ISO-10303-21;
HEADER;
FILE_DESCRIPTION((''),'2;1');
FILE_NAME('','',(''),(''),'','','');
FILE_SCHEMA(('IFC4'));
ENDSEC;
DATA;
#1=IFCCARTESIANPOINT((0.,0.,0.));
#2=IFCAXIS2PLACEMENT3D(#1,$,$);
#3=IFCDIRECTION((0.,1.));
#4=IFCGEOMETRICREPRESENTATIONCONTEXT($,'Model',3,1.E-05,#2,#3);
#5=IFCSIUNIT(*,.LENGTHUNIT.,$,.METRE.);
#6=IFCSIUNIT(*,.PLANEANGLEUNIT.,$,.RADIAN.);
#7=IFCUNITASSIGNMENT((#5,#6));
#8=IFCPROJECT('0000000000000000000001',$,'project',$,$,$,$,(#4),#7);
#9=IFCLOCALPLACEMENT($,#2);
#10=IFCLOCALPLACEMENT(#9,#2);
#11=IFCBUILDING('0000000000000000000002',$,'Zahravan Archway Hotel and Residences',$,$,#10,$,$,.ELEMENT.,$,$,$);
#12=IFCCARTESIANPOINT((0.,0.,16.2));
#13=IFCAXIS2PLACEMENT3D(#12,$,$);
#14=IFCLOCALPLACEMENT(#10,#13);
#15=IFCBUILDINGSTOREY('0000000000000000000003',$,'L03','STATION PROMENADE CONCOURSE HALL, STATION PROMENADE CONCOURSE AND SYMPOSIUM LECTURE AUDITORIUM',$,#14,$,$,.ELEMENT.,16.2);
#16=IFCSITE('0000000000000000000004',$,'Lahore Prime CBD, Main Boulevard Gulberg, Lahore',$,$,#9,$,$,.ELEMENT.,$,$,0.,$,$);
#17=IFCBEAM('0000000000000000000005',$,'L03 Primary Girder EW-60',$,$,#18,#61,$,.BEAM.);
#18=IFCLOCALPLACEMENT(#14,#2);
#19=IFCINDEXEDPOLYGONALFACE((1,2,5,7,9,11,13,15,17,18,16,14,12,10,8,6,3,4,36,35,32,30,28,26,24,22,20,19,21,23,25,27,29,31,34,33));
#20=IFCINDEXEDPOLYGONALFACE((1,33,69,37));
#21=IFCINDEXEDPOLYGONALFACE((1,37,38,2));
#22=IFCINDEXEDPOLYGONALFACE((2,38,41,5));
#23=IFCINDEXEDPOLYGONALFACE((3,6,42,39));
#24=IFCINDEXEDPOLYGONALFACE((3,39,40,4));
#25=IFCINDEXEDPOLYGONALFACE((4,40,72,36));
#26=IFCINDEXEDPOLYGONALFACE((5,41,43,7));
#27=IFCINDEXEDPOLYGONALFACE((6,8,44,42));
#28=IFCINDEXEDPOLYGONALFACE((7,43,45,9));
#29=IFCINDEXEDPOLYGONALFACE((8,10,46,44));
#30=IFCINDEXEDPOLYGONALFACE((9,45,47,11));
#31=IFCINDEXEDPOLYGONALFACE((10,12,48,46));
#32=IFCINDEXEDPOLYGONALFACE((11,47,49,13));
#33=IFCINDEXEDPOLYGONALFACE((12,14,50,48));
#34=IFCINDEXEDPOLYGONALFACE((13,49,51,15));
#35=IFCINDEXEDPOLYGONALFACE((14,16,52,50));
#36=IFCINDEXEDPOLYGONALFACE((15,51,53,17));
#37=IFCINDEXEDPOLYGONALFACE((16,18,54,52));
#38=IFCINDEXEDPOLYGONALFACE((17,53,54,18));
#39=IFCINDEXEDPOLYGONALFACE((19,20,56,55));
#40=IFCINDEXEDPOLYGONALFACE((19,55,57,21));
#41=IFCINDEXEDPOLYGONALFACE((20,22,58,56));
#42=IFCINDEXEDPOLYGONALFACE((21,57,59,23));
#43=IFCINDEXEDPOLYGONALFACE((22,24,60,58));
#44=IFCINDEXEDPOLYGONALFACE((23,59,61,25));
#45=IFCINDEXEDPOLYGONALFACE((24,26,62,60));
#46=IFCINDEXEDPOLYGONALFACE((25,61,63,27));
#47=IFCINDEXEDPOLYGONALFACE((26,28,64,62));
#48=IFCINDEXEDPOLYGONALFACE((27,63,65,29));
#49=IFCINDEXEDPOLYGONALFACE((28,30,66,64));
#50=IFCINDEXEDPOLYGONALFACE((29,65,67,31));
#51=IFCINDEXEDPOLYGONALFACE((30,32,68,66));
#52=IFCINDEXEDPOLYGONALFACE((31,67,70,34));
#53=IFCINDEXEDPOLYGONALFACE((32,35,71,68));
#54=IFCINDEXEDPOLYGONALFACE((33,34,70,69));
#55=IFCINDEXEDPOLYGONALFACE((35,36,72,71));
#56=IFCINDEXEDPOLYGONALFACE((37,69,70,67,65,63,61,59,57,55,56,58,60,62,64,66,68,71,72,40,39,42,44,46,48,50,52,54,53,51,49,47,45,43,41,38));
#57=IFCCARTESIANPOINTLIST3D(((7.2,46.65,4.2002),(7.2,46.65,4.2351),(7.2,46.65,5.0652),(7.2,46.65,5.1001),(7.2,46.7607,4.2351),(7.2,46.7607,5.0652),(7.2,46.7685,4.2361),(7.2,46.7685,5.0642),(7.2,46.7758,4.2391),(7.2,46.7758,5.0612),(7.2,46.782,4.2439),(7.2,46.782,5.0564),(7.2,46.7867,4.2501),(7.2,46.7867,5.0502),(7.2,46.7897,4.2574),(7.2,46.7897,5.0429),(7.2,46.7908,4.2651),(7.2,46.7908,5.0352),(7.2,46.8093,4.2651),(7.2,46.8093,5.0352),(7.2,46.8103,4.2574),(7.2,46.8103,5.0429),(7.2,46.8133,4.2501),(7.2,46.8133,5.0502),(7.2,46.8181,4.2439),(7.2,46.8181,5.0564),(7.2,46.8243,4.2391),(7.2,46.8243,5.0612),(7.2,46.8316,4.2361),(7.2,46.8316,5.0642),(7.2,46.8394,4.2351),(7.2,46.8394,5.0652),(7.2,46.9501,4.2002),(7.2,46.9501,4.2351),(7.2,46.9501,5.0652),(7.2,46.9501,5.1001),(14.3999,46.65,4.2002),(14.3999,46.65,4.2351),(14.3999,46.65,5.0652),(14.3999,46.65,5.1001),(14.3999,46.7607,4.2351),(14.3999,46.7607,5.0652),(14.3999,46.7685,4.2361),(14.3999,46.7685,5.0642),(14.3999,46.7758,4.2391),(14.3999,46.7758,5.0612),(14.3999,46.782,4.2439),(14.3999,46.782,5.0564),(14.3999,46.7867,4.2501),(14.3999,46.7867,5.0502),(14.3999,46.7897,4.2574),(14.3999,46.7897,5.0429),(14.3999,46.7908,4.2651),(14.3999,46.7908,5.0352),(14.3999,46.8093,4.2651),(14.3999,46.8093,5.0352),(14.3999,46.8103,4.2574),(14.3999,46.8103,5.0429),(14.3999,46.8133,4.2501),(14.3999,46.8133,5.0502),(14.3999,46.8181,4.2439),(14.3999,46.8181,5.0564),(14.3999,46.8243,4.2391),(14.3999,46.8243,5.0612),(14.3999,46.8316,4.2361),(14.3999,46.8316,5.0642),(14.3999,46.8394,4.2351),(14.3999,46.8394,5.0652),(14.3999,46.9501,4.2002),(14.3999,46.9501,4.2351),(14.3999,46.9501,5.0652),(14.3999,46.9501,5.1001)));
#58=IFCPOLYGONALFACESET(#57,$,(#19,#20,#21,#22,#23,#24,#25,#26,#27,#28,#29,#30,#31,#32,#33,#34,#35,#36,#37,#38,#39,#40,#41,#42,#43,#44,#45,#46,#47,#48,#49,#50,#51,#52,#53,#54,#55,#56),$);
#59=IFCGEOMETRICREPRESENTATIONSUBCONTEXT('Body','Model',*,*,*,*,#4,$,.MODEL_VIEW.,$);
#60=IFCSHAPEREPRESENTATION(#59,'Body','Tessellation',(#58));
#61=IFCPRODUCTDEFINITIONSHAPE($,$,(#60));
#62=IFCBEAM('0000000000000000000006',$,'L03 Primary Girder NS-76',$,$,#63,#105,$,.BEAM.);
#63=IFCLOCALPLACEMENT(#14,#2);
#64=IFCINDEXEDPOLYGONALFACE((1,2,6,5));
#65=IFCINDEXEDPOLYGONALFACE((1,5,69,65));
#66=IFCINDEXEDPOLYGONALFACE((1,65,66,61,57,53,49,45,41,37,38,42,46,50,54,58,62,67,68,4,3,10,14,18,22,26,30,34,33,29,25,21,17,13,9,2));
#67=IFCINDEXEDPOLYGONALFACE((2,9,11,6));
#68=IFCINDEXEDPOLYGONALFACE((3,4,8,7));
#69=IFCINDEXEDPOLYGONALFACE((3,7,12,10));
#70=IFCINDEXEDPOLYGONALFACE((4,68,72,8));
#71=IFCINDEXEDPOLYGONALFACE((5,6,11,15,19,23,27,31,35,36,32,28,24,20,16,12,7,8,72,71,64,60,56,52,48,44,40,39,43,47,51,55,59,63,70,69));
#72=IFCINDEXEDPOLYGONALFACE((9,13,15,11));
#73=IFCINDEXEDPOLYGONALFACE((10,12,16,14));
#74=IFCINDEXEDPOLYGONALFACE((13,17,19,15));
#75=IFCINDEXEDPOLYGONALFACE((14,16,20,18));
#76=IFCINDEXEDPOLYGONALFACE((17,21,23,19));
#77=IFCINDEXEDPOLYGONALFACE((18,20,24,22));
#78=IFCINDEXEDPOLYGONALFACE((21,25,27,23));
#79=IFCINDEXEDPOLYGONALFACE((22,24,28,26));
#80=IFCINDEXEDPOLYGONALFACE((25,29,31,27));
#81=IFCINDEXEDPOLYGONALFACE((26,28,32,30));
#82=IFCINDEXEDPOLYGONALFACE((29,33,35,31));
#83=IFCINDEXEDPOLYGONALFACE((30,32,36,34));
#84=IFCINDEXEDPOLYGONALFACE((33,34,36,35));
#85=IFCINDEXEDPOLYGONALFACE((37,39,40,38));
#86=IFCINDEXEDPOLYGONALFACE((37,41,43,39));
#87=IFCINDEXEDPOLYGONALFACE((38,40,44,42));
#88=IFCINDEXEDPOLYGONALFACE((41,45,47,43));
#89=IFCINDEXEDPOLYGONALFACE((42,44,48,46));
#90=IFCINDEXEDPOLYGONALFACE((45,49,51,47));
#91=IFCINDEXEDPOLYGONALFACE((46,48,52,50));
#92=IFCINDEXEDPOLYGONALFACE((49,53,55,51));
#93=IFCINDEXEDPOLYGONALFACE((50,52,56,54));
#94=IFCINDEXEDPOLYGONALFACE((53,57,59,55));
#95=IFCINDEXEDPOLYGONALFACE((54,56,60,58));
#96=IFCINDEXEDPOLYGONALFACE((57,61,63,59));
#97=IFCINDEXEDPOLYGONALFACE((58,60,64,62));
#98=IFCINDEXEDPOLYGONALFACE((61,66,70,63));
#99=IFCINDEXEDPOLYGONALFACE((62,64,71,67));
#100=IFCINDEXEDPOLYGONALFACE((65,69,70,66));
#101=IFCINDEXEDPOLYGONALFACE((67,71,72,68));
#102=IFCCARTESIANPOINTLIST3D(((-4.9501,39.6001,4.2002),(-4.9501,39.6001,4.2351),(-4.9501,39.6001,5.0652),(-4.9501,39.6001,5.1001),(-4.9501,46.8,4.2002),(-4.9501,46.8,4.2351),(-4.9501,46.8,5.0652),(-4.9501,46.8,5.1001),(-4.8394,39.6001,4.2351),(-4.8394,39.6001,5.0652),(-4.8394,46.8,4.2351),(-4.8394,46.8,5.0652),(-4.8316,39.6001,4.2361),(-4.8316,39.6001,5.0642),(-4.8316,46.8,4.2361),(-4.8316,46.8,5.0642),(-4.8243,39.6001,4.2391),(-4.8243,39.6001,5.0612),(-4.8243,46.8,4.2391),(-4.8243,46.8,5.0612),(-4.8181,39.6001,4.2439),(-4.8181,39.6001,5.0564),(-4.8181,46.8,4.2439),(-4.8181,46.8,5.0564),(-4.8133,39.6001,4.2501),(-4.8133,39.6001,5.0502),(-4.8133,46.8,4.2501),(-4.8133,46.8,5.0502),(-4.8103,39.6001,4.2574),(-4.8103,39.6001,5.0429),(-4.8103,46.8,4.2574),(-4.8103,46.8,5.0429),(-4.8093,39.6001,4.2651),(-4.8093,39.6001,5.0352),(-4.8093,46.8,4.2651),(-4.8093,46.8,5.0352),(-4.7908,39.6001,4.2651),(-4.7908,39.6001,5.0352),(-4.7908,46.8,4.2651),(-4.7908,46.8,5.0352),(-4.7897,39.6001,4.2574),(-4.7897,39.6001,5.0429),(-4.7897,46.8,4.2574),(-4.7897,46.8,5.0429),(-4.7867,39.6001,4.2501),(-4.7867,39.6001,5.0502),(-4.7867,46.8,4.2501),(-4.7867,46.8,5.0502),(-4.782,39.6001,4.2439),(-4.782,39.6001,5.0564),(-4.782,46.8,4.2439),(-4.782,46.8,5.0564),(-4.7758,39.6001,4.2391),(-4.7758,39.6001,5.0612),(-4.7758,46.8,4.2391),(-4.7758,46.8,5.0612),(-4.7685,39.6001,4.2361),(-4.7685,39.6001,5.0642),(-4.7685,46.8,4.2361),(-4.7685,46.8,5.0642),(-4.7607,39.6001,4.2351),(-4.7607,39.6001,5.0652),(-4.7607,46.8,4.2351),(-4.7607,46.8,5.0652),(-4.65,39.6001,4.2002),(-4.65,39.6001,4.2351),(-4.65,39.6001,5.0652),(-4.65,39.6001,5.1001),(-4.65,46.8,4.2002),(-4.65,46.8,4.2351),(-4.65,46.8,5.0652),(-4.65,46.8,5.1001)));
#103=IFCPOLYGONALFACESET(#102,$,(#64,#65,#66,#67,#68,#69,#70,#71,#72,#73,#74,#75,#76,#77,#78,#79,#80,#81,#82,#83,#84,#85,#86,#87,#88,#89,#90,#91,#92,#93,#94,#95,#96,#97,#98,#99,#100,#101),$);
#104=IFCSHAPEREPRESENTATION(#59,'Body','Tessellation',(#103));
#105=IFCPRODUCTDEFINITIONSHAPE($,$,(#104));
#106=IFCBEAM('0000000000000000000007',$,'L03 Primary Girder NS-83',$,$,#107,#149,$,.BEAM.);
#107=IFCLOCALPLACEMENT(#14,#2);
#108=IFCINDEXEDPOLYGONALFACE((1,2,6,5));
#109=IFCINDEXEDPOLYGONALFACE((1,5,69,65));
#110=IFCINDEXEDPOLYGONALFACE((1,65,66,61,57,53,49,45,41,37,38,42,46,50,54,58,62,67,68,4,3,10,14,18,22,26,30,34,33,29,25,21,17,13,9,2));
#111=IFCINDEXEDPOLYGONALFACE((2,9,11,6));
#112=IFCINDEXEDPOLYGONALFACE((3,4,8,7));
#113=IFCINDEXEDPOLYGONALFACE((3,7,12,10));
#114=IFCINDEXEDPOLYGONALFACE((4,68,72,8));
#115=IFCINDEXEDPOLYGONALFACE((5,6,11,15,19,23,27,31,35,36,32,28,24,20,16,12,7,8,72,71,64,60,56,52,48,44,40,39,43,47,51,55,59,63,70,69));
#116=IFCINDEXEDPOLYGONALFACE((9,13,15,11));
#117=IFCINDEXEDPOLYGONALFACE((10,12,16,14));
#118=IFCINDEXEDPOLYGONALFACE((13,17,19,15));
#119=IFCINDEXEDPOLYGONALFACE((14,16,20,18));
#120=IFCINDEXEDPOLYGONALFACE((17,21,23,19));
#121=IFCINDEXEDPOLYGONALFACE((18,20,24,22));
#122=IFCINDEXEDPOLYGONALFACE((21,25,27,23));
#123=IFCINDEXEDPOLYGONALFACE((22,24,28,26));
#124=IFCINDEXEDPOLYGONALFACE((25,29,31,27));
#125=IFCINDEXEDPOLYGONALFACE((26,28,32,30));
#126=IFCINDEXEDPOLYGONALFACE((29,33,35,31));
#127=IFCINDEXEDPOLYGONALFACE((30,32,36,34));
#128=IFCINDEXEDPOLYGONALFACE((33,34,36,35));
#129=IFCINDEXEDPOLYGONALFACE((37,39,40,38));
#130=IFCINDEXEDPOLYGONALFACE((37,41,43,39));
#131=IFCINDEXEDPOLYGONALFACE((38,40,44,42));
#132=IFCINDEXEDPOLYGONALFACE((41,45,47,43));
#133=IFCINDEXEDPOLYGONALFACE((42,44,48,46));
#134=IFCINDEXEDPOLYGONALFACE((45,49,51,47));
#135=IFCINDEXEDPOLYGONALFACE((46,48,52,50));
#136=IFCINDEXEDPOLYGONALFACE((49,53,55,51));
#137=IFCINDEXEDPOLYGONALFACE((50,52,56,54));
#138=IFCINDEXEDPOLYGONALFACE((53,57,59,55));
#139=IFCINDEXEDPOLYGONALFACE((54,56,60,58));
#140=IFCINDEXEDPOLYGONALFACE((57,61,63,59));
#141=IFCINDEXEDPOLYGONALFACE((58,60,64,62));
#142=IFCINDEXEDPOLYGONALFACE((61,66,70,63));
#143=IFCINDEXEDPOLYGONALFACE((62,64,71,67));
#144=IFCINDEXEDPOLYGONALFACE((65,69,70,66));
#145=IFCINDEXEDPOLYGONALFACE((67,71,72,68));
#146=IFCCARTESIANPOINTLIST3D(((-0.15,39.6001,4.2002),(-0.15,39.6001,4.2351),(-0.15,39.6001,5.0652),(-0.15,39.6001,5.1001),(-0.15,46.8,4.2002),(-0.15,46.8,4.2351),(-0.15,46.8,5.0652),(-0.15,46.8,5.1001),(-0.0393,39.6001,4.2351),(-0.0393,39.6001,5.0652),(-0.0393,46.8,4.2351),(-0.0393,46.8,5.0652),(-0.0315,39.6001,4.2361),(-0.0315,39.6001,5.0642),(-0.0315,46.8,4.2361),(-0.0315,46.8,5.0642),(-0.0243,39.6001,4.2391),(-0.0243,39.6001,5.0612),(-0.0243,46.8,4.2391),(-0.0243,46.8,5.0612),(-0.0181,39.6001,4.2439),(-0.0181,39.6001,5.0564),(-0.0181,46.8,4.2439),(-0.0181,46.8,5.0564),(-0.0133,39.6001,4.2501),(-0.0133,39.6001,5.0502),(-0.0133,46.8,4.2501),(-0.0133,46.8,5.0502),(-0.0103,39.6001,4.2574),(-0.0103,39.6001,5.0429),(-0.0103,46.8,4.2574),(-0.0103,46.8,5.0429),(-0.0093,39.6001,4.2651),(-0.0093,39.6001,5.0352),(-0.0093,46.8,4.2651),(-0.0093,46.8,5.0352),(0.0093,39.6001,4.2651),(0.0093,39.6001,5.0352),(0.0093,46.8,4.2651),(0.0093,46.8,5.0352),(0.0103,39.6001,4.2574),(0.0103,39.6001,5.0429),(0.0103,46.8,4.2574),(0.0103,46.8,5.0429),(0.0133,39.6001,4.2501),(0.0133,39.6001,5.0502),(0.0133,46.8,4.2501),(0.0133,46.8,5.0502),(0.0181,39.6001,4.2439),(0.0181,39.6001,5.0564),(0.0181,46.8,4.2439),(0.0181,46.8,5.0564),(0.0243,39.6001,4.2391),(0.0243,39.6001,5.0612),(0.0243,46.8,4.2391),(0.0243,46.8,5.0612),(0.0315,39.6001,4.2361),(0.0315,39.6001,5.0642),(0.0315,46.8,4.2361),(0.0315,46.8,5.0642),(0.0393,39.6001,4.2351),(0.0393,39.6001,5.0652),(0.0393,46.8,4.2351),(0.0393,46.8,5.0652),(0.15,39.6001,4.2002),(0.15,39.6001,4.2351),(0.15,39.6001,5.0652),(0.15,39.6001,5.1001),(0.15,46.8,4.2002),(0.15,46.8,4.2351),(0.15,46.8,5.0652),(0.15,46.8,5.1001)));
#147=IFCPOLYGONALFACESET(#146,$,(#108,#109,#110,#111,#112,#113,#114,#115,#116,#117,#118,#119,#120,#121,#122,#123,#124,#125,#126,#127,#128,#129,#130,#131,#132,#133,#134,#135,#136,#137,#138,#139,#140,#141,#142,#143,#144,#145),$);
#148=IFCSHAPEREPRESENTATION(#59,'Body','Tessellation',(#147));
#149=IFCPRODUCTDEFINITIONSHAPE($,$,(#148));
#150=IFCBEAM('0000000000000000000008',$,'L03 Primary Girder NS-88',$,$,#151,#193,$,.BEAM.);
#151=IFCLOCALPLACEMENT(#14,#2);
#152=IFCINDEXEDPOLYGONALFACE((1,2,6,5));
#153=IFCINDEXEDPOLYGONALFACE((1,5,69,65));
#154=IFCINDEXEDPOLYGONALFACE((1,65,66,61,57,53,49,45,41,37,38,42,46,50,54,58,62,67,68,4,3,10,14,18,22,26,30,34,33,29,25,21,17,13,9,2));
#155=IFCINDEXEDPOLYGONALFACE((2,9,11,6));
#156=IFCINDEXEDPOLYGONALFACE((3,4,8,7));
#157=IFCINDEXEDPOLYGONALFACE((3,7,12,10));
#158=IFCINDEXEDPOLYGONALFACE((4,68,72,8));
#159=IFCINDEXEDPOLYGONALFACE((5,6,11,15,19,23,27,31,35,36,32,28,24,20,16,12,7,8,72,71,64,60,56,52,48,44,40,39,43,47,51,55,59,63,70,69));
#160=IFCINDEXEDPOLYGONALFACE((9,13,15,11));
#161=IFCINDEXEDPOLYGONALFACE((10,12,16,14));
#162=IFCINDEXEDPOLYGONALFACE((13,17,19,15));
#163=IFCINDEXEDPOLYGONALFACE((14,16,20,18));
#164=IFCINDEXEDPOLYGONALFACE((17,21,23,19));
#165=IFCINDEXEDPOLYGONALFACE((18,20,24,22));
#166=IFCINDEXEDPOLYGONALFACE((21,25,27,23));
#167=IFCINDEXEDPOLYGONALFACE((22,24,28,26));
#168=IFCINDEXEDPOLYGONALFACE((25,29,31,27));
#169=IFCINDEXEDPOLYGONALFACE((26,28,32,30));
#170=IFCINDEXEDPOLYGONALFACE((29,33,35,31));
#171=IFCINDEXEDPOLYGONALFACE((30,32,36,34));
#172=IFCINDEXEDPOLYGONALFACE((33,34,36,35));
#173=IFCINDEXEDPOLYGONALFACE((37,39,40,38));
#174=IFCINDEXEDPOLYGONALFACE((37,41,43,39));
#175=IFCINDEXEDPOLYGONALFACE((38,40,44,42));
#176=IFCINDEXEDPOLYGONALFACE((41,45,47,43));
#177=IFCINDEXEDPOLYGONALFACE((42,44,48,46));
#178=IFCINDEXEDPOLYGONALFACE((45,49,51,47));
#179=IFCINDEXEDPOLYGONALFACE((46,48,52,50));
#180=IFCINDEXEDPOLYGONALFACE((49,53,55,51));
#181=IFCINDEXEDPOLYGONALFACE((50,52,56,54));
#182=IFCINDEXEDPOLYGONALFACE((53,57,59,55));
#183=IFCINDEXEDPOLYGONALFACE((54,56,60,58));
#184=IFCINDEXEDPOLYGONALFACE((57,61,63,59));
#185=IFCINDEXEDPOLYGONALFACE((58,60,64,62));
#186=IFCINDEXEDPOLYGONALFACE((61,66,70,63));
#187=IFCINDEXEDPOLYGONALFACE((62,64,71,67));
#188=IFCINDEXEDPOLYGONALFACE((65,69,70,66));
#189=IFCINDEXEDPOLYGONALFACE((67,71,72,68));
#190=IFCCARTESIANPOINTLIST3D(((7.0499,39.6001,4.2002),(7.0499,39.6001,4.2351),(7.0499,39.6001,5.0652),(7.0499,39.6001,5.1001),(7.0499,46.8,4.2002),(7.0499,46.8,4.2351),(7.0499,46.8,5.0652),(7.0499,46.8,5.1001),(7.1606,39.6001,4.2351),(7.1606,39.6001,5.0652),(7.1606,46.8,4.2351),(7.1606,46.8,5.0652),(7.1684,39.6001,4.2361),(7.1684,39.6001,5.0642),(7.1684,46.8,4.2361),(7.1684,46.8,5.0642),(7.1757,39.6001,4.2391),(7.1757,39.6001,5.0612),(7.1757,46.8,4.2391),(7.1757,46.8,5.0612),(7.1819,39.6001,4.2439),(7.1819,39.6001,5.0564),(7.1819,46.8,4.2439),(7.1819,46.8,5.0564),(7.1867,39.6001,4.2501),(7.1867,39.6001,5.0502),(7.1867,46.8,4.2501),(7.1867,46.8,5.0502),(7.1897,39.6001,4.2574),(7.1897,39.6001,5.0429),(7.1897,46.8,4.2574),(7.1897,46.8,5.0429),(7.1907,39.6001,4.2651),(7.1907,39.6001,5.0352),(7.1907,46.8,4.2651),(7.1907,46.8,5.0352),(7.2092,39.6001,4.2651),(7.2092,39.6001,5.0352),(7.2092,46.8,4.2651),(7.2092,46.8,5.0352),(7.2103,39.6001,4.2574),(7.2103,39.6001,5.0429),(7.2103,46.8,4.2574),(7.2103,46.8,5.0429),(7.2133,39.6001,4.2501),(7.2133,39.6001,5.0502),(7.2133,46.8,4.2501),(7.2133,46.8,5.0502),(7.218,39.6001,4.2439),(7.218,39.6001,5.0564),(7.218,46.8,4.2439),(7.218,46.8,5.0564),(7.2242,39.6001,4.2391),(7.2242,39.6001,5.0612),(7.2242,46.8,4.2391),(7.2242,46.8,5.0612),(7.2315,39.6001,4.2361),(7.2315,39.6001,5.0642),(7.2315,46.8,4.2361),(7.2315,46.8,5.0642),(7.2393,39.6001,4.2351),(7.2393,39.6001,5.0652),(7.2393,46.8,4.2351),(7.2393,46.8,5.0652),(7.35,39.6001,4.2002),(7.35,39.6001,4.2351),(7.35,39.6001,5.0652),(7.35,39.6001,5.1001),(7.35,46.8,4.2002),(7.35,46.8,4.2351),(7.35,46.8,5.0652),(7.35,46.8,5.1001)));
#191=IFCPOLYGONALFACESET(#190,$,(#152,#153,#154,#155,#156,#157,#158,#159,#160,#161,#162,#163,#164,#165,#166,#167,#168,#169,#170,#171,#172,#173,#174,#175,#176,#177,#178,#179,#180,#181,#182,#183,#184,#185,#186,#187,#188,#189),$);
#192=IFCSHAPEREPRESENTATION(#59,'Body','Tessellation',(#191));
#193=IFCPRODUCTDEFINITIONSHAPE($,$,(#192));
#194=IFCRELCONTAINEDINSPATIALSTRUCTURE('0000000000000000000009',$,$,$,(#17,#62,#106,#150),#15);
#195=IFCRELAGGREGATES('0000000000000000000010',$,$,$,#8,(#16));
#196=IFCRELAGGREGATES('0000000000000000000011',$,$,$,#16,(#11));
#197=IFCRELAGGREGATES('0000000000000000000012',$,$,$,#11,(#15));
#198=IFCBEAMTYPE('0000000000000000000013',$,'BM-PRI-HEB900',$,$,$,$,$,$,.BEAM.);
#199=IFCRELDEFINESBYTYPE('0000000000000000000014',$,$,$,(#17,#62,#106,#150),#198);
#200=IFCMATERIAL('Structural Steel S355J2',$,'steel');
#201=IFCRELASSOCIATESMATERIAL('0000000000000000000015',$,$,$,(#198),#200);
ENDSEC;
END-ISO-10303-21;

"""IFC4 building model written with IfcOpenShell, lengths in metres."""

from ifc_helpers import new_model, si_unit, direction, frame, origin, origin_2d, place, context, subcontext, project, spatial, i_section, extrude, source, transform, mapped, material, material_profile, profile_set, type_object, element, save


model = new_model("IFC4")

# Units and contexts
model_context = context("Model", 3, precision=1e-05, world=origin(), true_north=direction((0.0, 1.0)))
body_context = subcontext(model_context, "Body", "Model", "MODEL_VIEW")
ifc_project = project(units=[si_unit("LENGTHUNIT", "METRE"), si_unit("PLANEANGLEUNIT", "RADIAN")], contexts=[model_context])

# Site, building, storey
site_placement = place(None, origin())
site = spatial("IfcSite", under=ifc_project, at=site_placement, Name="Lahore Prime CBD, Main Boulevard Gulberg, Lahore", CompositionType="ELEMENT", RefElevation=0.0)
building_placement = place(site_placement, origin())
building = spatial("IfcBuilding", under=site, at=building_placement, Name="Zahravan Archway Hotel and Residences", CompositionType="ELEMENT")
storey_placement = place(building_placement, frame((0.0, 0.0, 16.2)))
storey = spatial("IfcBuildingStorey", under=building, at=storey_placement, Name="L03", Description="STATION PROMENADE CONCOURSE HALL, STATION PROMENADE CONCOURSE AND SYMPOSIUM LECTURE AUDITORIUM", CompositionType="ELEMENT", Elevation=16.2)

# Beams
ifc_material_1 = material(Name="Structural Steel S355J2", Category="steel")
ifc_material_profile_1 = material_profile(ifc_material_1, i_section(OverallWidth=0.3, OverallDepth=0.8999, WebThickness=0.0186, FlangeThickness=0.0349, FilletRadius=0.03, at=origin_2d()), Name="HEB 900", Category="steel")
ifc_profile_set_1 = profile_set([ifc_material_profile_1], Name="Structural Steel S355J2")
beam_type_1 = type_object("IfcBeamType", Name="BM-PRI-HEB900", PredefinedType="BEAM", material=ifc_profile_set_1)
shared_shape_1 = source(origin(), body_context, "Body", "SweptSolid", [
    extrude(i_section(OverallWidth=0.3, OverallDepth=0.8999, WebThickness=0.0186, FlangeThickness=0.0349, FilletRadius=0.03, at=origin_2d()), origin(), (0.0, 0.0, 1.0), 7.2),
])
for number, where, z_axis, x_axis, name in (
    (1, (7.2, 46.8, 4.6501), (1.0, 0.0, 0.0), (0.0, 1.0, 0.0), "L03 Primary Girder EW-60"),
    (2, (-4.8, 39.6001, 4.6501), (0.0, 1.0, 0.0), (-1.0, 0.0, 0.0), "L03 Primary Girder NS-76"),
    (3, (0.0, 39.6001, 4.6501), (0.0, 1.0, 0.0), (-1.0, 0.0, 0.0), "L03 Primary Girder NS-83"),
    (4, (7.2, 39.6001, 4.6501), (0.0, 1.0, 0.0), (-1.0, 0.0, 0.0), "L03 Primary Girder NS-88"),
):
    element("IfcBeam", number, at=place(storey_placement, frame(where, z_axis=z_axis, x_axis=x_axis)), inside=storey, type_object=beam_type_1, Name=name, PredefinedType="BEAM", context=body_context, shape_type="MappedRepresentation", body=[
        mapped(shared_shape_1, transform((0.0, 0.0, 0.0), scale=1.0)),
    ])

save(model, "model.ifc")
